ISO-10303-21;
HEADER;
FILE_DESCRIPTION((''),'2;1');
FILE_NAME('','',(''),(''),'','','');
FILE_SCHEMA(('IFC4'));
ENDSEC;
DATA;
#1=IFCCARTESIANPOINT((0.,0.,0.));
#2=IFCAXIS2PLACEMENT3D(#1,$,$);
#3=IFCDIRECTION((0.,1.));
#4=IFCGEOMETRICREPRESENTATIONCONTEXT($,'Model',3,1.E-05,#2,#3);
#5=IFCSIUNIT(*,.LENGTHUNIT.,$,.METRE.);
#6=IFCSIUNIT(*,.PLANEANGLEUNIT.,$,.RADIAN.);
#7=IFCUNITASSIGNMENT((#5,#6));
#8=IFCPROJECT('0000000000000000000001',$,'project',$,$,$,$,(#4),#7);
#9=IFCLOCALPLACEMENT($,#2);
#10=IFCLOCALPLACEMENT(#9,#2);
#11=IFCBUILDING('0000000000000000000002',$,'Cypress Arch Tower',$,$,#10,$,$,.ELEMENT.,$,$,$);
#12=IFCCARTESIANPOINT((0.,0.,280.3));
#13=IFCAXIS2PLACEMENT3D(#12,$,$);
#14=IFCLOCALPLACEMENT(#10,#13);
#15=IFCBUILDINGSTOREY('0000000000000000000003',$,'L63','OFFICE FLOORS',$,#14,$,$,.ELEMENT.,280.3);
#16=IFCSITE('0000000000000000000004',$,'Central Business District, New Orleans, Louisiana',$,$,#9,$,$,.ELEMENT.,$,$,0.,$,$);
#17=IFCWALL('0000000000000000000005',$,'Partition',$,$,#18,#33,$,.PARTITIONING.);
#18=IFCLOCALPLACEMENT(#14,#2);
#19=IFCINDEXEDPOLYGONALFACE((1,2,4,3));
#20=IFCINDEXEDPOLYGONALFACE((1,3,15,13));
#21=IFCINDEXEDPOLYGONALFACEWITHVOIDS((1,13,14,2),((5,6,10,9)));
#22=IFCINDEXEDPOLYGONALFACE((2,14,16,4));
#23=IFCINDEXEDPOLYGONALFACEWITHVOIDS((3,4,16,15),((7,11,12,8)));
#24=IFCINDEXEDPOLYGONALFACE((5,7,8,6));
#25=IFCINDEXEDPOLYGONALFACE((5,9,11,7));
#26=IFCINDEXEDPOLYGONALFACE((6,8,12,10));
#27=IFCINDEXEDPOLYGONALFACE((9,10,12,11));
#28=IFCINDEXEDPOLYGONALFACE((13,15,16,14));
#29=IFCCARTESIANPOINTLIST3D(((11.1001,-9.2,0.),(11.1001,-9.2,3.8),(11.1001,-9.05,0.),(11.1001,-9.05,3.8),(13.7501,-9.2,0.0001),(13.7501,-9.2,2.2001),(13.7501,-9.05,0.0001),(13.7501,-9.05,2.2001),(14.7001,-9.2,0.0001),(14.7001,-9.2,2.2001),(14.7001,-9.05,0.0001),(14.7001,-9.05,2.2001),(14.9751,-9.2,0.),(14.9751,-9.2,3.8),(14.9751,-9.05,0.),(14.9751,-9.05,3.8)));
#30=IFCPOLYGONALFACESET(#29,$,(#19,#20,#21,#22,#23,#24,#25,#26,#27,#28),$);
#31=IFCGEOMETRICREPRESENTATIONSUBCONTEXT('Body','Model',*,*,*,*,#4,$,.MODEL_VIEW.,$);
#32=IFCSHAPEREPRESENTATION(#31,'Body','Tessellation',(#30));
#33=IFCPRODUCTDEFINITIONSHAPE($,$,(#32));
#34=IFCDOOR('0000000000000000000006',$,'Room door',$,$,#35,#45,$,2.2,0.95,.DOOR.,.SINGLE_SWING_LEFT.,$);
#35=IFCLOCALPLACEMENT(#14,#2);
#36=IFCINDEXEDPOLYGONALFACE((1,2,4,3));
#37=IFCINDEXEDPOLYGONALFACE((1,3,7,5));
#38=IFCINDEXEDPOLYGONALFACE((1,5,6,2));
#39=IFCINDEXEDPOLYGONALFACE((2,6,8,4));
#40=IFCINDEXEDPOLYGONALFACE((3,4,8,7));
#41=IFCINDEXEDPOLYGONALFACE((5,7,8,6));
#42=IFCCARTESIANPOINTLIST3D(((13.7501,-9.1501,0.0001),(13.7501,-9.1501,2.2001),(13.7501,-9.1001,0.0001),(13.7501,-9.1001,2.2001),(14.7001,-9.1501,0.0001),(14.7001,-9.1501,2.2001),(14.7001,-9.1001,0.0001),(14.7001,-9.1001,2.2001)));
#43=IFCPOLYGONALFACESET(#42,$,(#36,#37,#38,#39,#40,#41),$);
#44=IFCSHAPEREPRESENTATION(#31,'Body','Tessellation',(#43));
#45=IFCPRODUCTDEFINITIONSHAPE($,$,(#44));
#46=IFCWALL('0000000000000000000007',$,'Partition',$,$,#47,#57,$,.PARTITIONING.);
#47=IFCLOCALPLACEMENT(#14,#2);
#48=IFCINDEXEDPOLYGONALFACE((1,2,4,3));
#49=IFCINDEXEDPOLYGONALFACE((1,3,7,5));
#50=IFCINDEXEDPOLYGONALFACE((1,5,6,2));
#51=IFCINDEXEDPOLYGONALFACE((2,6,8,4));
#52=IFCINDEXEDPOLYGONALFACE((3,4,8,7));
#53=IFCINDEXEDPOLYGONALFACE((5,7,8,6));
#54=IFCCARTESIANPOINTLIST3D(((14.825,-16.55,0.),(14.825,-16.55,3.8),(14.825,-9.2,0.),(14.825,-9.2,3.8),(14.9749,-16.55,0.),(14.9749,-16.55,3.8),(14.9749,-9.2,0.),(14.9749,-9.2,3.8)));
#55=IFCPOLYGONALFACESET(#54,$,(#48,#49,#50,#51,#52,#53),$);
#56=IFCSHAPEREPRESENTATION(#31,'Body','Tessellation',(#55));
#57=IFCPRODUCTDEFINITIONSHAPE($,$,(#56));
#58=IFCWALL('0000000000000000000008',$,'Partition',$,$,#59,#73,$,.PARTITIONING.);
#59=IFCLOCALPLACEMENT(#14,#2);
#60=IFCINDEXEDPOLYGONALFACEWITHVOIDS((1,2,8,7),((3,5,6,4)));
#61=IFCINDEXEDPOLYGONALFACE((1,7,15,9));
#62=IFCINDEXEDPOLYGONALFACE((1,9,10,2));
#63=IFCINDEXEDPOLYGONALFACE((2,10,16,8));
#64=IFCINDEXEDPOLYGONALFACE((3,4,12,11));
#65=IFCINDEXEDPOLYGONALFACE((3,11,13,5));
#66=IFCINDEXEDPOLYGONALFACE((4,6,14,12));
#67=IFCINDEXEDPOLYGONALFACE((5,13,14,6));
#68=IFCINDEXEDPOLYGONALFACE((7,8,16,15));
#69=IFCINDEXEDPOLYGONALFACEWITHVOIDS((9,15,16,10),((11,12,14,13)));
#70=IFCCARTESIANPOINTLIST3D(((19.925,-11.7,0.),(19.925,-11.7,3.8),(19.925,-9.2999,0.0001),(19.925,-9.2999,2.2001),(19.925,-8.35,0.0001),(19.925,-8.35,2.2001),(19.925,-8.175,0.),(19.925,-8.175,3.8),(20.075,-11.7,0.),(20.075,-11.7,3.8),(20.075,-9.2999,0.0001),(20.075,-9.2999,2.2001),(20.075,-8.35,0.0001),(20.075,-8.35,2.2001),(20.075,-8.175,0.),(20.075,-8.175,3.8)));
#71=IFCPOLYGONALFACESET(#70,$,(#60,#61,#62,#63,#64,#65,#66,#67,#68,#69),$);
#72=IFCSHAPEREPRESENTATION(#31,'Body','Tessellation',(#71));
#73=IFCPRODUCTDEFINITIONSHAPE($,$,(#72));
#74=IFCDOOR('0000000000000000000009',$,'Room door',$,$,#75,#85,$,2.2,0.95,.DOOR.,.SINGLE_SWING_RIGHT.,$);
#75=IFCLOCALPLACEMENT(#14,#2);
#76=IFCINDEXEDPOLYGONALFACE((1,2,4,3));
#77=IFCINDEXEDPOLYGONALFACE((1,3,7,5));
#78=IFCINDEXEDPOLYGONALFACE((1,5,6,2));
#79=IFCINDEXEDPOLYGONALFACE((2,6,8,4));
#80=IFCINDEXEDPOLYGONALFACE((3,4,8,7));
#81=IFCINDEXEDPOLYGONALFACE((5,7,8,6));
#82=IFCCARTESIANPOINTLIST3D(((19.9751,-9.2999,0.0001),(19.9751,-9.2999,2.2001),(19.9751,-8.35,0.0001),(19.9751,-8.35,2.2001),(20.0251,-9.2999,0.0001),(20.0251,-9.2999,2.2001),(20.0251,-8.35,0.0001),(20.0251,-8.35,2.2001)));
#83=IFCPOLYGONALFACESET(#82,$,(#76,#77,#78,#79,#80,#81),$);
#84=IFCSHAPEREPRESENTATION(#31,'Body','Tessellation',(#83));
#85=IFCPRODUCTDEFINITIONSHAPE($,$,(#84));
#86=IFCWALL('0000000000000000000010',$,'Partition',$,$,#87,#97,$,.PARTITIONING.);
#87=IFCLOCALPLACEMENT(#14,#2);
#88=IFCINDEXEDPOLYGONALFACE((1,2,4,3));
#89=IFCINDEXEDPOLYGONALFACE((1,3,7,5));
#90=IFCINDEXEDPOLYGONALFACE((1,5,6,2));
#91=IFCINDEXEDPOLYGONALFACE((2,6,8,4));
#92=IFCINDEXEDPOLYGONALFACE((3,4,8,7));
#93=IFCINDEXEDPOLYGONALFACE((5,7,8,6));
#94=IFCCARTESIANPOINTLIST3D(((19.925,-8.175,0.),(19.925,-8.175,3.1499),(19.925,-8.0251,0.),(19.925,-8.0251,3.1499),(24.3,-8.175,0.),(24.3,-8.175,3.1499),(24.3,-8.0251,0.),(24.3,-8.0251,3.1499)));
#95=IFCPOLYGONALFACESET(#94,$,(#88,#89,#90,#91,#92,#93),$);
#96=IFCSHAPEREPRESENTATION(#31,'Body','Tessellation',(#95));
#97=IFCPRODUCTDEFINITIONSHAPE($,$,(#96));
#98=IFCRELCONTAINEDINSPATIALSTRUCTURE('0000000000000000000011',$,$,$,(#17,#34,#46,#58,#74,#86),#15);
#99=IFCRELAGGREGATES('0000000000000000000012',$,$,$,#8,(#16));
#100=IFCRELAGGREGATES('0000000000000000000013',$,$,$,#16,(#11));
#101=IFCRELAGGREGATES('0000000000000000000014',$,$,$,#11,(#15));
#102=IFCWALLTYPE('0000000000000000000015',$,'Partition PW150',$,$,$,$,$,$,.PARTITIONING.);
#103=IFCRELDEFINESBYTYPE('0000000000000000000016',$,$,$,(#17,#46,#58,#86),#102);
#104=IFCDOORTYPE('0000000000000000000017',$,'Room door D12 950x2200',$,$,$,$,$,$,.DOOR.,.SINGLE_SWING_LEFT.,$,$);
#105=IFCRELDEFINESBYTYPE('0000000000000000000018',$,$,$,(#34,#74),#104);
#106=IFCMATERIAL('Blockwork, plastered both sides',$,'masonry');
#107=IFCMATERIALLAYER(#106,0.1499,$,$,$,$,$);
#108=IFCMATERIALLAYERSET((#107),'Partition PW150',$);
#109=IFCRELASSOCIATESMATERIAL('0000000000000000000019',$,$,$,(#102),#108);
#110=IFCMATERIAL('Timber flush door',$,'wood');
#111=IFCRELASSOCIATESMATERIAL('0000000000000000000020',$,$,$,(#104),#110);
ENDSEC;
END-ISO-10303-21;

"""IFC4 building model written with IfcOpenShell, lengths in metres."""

from ifc_helpers import new_model, si_unit, direction, frame, frame_2d, origin, place, context, subcontext, project, spatial, rectangle, extrude, material, layer, layer_set, type_object, element, fill, save


model = new_model("IFC4")

# Units and contexts
model_context = context("Model", 3, precision=1e-05, world=origin(), true_north=direction((0.0, 1.0)))
body_context = subcontext(model_context, "Body", "Model", "MODEL_VIEW")
ifc_project = project(units=[si_unit("LENGTHUNIT", "METRE"), si_unit("PLANEANGLEUNIT", "RADIAN")], contexts=[model_context])

# Site, building, storey
site_placement = place(None, origin())
site = spatial("IfcSite", under=ifc_project, at=site_placement, Name="Central Business District, New Orleans, Louisiana", CompositionType="ELEMENT", RefElevation=0.0)
building_placement = place(site_placement, origin())
building = spatial("IfcBuilding", under=site, at=building_placement, Name="Cypress Arch Tower", CompositionType="ELEMENT")
storey_placement = place(building_placement, frame((0.0, 0.0, 280.3)))
storey = spatial("IfcBuildingStorey", under=building, at=storey_placement, Name="L63", Description="OFFICE FLOORS", CompositionType="ELEMENT", Elevation=280.3)

# Wall, opening, door
ifc_material_1 = material(Name="Blockwork, plastered both sides", Category="masonry")
ifc_layer_1 = layer(ifc_material_1, 0.1499)
ifc_layer_set_1 = layer_set([ifc_layer_1], Name="Partition PW150")
wall_type_1 = type_object("IfcWallType", Name="Partition PW150", PredefinedType="PARTITIONING", material=ifc_layer_set_1)
wall_1_placement = place(storey_placement, frame((11.1001, -9.125, 0.0), z_axis=(0.0, 0.0, 1.0), x_axis=(1.0, 0.0, 0.0)))
wall_1 = element("IfcWall", 1, at=wall_1_placement, inside=storey, type_object=wall_type_1, Name="Partition", PredefinedType="PARTITIONING", context=body_context, shape_type="SweptSolid", body=[
    extrude(rectangle(XDim=3.875, YDim=0.1499, at=frame_2d((1.9375, 0.0))), origin(), (0.0, 0.0, 1.0), 3.8),
])
opening_1_placement = place(wall_1_placement, frame((2.6499, 0.0, 0.0)))
opening_1 = element("IfcOpeningElement", 2, at=opening_1_placement, cuts=wall_1, PredefinedType="OPENING", context=body_context, shape_type="SweptSolid", body=[
    extrude(rectangle(XDim=0.95, YDim=2.2, at=frame_2d((0.4751, 1.1001))), frame((0.0, 0.085, 0.0), z_axis=(0.0, -1.0, 0.0), x_axis=(1.0, 0.0, 0.0)), (0.0, 0.0, 1.0), 0.1699),
])
ifc_material_2 = material(Name="Timber flush door", Category="wood")
door_type = type_object("IfcDoorType", Name="Room door D12 950x2200", OperationType="SINGLE_SWING_LEFT", PredefinedType="DOOR", material=ifc_material_2)
door_1_placement = place(opening_1_placement, origin())
door_1 = element("IfcDoor", 3, at=door_1_placement, inside=storey, type_object=door_type, Name="Room door", OperationType="SINGLE_SWING_LEFT", OverallHeight=2.2, OverallWidth=0.95, PredefinedType="DOOR", context=body_context, shape_type="SweptSolid", body=[
    extrude(rectangle(XDim=0.95, YDim=2.2, at=frame_2d((0.4751, 1.1001))), frame((0.0, 0.0249, 0.0), z_axis=(0.0, -1.0, 0.0), x_axis=(1.0, 0.0, 0.0)), (0.0, 0.0, 1.0), 0.05),
])
fill(opening_1, door_1)

# Wall
wall_2_placement = place(storey_placement, frame((14.8999, -16.55, 0.0), z_axis=(0.0, 0.0, 1.0), x_axis=(0.0, 1.0, 0.0)))
element("IfcWall", 4, at=wall_2_placement, inside=storey, type_object=wall_type_1, Name="Partition", PredefinedType="PARTITIONING", context=body_context, shape_type="SweptSolid", body=[
    extrude(rectangle(XDim=7.3501, YDim=0.1499, at=frame_2d((3.675, 0.0))), origin(), (0.0, 0.0, 1.0), 3.8),
])

# Wall, opening, door
wall_3_placement = place(storey_placement, frame((20.0, -11.7, 0.0), z_axis=(0.0, 0.0, 1.0), x_axis=(0.0, 1.0, 0.0)))
wall_3 = element("IfcWall", 5, at=wall_3_placement, inside=storey, type_object=wall_type_1, Name="Partition", PredefinedType="PARTITIONING", context=body_context, shape_type="SweptSolid", body=[
    extrude(rectangle(XDim=3.5249, YDim=0.1499, at=frame_2d((1.7625, 0.0))), origin(), (0.0, 0.0, 1.0), 3.8),
])
opening_2_placement = place(wall_3_placement, frame((2.3999, 0.0, 0.0)))
opening_2 = element("IfcOpeningElement", 6, at=opening_2_placement, cuts=wall_3, PredefinedType="OPENING", context=body_context, shape_type="SweptSolid", body=[
    extrude(rectangle(XDim=0.95, YDim=2.2, at=frame_2d((0.4751, 1.1001))), frame((0.0, 0.085, 0.0), z_axis=(0.0, -1.0, 0.0), x_axis=(1.0, 0.0, 0.0)), (0.0, 0.0, 1.0), 0.1699),
])
door_2_placement = place(opening_2_placement, origin())
door_2 = element("IfcDoor", 7, at=door_2_placement, inside=storey, type_object=door_type, Name="Room door", OperationType="SINGLE_SWING_RIGHT", OverallHeight=2.2, OverallWidth=0.95, PredefinedType="DOOR", context=body_context, shape_type="SweptSolid", body=[
    extrude(rectangle(XDim=0.95, YDim=2.2, at=frame_2d((0.4751, 1.1001))), frame((0.0, 0.0249, 0.0), z_axis=(0.0, -1.0, 0.0), x_axis=(1.0, 0.0, 0.0)), (0.0, 0.0, 1.0), 0.05),
])
fill(opening_2, door_2)

# Wall
wall_4_placement = place(storey_placement, frame((19.925, -8.1001, 0.0), z_axis=(0.0, 0.0, 1.0), x_axis=(1.0, 0.0, 0.0)))
element("IfcWall", 8, at=wall_4_placement, inside=storey, type_object=wall_type_1, Name="Partition", PredefinedType="PARTITIONING", context=body_context, shape_type="SweptSolid", body=[
    extrude(rectangle(XDim=4.375, YDim=0.1499, at=frame_2d((2.1875, 0.0))), origin(), (0.0, 0.0, 1.0), 3.1499),
])

save(model, "model.ifc")
